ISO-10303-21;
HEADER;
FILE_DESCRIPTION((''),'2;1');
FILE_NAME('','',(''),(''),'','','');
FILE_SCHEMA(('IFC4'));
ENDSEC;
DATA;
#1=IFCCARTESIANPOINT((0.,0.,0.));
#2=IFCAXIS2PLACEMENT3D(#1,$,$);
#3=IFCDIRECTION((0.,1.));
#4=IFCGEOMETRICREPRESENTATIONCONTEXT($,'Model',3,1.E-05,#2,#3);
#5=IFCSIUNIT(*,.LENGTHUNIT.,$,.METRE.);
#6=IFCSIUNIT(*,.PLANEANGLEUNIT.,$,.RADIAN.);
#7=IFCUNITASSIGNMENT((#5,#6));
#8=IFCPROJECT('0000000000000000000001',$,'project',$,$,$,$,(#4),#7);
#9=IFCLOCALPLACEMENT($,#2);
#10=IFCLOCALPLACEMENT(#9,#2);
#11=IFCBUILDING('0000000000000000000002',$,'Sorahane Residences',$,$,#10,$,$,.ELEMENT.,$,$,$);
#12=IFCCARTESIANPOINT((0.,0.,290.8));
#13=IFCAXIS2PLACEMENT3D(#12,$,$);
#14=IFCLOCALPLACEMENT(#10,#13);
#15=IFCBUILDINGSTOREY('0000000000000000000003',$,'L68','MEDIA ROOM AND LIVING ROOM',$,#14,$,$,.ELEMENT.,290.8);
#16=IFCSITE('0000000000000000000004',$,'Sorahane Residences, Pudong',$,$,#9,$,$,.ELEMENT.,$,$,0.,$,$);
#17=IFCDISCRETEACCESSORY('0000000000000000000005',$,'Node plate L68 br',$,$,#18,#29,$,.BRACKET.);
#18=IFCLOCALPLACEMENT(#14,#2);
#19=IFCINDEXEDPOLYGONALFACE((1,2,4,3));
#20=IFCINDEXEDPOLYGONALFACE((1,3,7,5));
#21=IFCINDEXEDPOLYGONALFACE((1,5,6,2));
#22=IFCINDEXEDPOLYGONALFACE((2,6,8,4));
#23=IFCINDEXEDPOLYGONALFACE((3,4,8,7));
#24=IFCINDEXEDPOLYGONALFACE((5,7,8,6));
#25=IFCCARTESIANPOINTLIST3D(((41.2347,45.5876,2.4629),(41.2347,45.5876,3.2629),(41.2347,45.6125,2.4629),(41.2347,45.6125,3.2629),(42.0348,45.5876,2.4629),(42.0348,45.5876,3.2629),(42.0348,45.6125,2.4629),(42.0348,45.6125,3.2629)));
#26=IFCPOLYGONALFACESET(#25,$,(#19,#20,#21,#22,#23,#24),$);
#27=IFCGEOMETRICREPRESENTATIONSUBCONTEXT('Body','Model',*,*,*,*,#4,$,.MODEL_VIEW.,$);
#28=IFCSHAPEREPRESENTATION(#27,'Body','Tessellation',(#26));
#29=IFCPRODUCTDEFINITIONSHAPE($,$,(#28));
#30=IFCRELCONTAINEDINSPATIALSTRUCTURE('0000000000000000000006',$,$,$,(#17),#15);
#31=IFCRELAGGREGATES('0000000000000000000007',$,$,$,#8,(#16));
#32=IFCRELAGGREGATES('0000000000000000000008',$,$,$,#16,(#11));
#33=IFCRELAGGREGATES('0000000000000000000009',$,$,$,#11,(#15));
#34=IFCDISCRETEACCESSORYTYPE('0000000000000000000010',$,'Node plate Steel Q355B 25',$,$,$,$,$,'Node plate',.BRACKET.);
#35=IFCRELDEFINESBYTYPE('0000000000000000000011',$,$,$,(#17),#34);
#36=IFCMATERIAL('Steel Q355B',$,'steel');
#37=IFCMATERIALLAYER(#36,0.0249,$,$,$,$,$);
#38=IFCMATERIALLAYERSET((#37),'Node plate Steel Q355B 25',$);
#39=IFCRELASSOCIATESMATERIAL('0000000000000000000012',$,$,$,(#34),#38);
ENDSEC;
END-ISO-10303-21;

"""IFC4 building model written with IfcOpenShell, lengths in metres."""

from ifc_helpers import new_model, si_unit, direction, frame, origin, origin_2d, place, context, subcontext, project, spatial, rectangle, extrude, material, layer, layer_set, type_object, element, save


model = new_model("IFC4")

# Units and contexts
model_context = context("Model", 3, precision=1e-05, world=origin(), true_north=direction((0.0, 1.0)))
body_context = subcontext(model_context, "Body", "Model", "MODEL_VIEW")
ifc_project = project(units=[si_unit("LENGTHUNIT", "METRE"), si_unit("PLANEANGLEUNIT", "RADIAN")], contexts=[model_context])

# Site, building, storey
site_placement = place(None, origin())
site = spatial("IfcSite", under=ifc_project, at=site_placement, Name="Sorahane Residences, Pudong", CompositionType="ELEMENT", RefElevation=0.0)
building_placement = place(site_placement, origin())
building = spatial("IfcBuilding", under=site, at=building_placement, Name="Sorahane Residences", CompositionType="ELEMENT")
storey_placement = place(building_placement, frame((0.0, 0.0, 290.8)))
storey = spatial("IfcBuildingStorey", under=building, at=storey_placement, Name="L68", Description="MEDIA ROOM AND LIVING ROOM", CompositionType="ELEMENT", Elevation=290.8)

# Discrete accessory
ifc_material_1 = material(Name="Steel Q355B", Category="steel")
ifc_layer_1 = layer(ifc_material_1, 0.0249)
ifc_layer_set_1 = layer_set([ifc_layer_1], Name="Node plate Steel Q355B 25")
discrete_accessory_type_1 = type_object("IfcDiscreteAccessoryType", Name="Node plate Steel Q355B 25", ElementType="Node plate", PredefinedType="BRACKET", material=ifc_layer_set_1)
for number, where, z_axis, x_axis, name in (
    (1, (41.6348, 45.6001, 2.4629), (0.0, 0.0, 1.0), (1.0, 0.0, 0.0), "Node plate L68 br"),
):
    element("IfcDiscreteAccessory", number, at=place(storey_placement, frame(where, z_axis=z_axis, x_axis=x_axis)), inside=storey, type_object=discrete_accessory_type_1, Name=name, PredefinedType="BRACKET", context=body_context, shape_type="SweptSolid", body=[
        extrude(rectangle(XDim=0.8, YDim=0.0249, at=origin_2d()), origin(), (0.0, 0.0, 1.0), 0.8),
    ])

save(model, "model.ifc")
